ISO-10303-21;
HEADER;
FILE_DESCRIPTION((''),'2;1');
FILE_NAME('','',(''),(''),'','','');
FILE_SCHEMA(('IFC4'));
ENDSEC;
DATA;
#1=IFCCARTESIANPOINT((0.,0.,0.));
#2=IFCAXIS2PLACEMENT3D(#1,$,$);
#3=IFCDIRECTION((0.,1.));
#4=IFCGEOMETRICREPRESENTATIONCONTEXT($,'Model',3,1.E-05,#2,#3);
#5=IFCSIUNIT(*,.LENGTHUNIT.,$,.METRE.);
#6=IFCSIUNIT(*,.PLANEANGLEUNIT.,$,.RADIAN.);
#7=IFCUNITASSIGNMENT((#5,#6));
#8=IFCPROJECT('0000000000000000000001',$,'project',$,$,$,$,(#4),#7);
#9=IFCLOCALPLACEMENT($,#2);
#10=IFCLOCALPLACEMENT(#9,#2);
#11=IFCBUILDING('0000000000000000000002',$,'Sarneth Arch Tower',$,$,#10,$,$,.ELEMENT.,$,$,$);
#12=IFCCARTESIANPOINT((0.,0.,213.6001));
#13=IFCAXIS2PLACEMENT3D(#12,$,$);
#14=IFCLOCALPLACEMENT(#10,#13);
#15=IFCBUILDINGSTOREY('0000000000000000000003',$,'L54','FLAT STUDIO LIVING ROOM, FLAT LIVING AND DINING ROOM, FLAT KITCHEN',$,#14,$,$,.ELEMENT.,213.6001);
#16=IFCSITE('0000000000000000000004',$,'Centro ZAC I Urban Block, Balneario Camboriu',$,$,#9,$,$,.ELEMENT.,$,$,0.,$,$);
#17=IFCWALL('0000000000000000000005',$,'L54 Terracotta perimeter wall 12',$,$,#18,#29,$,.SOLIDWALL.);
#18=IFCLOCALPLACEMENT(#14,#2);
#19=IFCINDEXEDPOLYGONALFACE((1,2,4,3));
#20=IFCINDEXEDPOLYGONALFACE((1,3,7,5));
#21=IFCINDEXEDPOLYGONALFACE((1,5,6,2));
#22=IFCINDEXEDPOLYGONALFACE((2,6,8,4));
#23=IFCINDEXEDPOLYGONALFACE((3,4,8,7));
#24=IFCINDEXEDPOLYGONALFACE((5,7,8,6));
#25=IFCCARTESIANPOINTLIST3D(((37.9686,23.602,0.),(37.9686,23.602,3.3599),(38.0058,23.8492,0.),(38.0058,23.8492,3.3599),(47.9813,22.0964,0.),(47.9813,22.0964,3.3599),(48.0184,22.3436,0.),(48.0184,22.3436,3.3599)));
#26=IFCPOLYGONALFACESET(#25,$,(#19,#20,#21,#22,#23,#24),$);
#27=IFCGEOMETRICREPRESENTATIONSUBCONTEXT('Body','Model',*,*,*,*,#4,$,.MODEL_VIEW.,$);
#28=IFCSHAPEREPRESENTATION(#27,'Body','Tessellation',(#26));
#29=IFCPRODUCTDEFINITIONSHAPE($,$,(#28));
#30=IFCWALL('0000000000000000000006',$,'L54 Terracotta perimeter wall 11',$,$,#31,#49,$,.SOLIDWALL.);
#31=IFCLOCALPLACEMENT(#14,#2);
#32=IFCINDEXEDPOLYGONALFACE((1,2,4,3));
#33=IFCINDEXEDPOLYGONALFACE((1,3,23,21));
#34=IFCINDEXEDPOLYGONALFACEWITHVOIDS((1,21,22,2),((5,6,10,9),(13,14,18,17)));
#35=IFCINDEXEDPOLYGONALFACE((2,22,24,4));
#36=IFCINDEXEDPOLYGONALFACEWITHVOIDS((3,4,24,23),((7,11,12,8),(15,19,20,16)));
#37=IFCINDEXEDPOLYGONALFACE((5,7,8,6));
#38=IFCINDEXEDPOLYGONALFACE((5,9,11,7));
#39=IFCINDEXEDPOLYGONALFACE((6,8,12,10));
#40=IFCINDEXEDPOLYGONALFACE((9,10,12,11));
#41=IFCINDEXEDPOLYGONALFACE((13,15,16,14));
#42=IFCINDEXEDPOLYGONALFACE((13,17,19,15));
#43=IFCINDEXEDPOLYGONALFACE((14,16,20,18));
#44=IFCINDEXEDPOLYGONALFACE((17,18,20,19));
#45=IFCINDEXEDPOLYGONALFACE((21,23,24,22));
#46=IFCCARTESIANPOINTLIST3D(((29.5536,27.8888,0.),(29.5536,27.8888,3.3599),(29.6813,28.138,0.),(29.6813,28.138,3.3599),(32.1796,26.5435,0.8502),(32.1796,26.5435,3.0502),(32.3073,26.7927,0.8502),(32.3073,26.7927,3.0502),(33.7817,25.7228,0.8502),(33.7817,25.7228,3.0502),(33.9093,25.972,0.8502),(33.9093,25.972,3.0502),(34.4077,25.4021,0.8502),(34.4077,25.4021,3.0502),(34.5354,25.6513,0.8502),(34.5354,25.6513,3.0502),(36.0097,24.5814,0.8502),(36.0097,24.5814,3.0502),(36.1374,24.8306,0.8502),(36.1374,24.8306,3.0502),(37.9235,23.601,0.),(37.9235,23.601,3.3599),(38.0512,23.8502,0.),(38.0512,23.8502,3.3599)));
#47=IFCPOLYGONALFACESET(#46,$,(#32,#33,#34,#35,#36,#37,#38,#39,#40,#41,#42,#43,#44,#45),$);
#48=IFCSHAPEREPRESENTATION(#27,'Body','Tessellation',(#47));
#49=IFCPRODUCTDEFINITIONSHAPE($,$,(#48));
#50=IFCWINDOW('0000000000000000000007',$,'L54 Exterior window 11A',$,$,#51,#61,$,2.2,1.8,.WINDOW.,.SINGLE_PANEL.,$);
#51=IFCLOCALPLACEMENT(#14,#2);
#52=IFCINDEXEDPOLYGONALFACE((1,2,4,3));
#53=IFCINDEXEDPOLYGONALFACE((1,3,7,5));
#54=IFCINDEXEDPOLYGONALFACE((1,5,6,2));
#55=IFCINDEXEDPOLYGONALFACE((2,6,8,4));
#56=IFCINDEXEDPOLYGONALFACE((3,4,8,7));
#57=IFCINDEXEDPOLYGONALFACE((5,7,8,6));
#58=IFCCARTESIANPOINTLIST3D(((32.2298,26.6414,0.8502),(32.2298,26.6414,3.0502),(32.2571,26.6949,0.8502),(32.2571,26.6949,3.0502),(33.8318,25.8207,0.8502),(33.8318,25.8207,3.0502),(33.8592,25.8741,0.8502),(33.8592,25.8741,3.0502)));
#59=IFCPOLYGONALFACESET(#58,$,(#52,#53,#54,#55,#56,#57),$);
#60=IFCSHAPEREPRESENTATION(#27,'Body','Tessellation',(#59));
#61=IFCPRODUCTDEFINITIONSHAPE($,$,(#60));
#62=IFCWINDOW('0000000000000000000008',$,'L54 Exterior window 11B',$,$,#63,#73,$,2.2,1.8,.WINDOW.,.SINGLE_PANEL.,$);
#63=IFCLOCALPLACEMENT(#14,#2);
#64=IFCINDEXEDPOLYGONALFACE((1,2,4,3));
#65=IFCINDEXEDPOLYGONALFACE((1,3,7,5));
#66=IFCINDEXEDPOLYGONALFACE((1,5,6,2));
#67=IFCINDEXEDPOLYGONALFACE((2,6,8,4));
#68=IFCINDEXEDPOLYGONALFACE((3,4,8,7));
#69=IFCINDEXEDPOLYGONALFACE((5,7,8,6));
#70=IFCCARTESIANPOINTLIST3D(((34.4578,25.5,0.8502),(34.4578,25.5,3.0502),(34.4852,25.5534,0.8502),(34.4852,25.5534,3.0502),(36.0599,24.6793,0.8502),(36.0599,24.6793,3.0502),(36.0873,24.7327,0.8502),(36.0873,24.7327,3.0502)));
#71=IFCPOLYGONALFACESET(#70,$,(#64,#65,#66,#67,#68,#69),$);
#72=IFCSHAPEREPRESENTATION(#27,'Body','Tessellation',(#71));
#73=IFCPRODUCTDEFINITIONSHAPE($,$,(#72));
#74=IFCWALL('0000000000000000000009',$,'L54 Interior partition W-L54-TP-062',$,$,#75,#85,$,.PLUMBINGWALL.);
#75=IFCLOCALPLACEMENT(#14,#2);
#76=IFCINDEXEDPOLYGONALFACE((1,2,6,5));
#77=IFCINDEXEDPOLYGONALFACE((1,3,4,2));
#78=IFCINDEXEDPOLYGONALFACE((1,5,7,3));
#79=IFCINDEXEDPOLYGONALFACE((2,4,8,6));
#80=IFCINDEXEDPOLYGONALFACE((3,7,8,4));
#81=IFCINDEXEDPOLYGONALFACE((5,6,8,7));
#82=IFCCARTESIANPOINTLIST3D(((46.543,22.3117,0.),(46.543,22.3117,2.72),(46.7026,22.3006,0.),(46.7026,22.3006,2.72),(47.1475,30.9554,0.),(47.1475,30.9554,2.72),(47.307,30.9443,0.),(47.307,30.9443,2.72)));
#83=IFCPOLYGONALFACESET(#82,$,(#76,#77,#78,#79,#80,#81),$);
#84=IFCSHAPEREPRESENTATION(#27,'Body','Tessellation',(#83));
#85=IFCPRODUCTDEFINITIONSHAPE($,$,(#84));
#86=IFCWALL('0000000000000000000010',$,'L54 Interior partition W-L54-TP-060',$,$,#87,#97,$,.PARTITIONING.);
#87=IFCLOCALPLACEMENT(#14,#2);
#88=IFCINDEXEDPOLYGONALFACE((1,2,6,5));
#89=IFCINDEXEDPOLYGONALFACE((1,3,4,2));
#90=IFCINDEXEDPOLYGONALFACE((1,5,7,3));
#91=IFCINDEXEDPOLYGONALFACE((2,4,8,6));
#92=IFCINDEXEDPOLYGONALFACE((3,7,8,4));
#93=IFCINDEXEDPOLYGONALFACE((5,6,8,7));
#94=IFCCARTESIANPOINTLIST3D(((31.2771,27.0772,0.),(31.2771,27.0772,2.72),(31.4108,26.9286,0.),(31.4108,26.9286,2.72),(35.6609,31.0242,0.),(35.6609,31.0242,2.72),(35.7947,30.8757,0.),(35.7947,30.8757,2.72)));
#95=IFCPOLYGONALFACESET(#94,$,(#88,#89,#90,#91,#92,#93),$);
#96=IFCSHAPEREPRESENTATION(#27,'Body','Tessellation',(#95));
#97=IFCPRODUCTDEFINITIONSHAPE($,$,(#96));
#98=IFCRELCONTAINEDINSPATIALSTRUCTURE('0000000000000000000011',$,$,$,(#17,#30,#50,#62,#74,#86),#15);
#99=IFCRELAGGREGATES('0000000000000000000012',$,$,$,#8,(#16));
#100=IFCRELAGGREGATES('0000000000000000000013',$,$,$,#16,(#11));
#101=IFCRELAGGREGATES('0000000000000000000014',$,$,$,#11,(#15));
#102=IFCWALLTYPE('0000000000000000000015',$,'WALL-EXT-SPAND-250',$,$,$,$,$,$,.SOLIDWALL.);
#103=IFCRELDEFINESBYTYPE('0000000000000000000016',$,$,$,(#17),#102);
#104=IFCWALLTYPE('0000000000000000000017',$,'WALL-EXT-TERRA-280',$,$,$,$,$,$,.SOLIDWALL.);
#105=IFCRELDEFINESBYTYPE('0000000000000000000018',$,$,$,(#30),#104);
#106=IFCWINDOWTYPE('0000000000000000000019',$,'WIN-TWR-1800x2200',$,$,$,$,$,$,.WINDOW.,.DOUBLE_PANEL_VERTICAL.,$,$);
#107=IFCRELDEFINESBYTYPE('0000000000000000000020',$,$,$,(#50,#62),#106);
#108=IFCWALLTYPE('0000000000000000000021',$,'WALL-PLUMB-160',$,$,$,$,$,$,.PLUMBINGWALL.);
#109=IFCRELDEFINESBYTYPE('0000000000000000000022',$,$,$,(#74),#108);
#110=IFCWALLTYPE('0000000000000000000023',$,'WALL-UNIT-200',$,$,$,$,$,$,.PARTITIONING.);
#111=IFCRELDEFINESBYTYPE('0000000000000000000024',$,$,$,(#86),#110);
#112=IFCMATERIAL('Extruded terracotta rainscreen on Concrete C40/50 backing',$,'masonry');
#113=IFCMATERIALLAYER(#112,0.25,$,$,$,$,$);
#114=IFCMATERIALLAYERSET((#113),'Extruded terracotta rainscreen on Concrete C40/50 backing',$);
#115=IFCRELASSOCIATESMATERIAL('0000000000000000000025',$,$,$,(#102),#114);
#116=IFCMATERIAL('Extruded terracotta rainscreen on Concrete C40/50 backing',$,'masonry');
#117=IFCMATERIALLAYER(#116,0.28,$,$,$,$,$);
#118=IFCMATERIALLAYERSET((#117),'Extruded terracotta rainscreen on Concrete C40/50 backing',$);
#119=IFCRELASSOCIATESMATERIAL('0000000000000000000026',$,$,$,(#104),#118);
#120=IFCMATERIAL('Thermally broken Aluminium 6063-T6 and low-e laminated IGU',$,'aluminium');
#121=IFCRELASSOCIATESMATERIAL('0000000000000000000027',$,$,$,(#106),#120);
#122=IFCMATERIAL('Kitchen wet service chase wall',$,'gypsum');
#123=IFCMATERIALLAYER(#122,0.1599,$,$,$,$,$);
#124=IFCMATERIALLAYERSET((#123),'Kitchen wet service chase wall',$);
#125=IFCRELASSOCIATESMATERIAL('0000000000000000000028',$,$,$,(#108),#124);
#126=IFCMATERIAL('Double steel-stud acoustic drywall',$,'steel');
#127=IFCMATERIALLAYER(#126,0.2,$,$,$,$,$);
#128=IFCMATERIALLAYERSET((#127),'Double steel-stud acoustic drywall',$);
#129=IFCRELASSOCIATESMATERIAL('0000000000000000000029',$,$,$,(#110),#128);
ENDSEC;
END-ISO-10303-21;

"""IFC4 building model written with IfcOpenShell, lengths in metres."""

from ifc_helpers import new_model, si_unit, direction, frame, frame_2d, origin, place, context, subcontext, project, spatial, rectangle, extrude, material, layer, layer_set, type_object, element, fill, save


model = new_model("IFC4")

# Units and contexts
model_context = context("Model", 3, precision=1e-05, world=origin(), true_north=direction((0.0, 1.0)))
body_context = subcontext(model_context, "Body", "Model", "MODEL_VIEW")
ifc_project = project(units=[si_unit("LENGTHUNIT", "METRE"), si_unit("PLANEANGLEUNIT", "RADIAN")], contexts=[model_context])

# Site, building, storey
site_placement = place(None, origin())
site = spatial("IfcSite", under=ifc_project, at=site_placement, Name="Centro ZAC I Urban Block, Balneario Camboriu", CompositionType="ELEMENT", RefElevation=0.0)
building_placement = place(site_placement, origin())
building = spatial("IfcBuilding", under=site, at=building_placement, Name="Sarneth Arch Tower", CompositionType="ELEMENT")
storey_placement = place(building_placement, frame((0.0, 0.0, 213.6001)))
storey = spatial("IfcBuildingStorey", under=building, at=storey_placement, Name="L54", Description="FLAT STUDIO LIVING ROOM, FLAT LIVING AND DINING ROOM, FLAT KITCHEN", CompositionType="ELEMENT", Elevation=213.6001)

# Wall
ifc_material_1 = material(Name="Extruded terracotta rainscreen on Concrete C40/50 backing", Category="masonry")
ifc_layer_1 = layer(ifc_material_1, 0.25)
ifc_layer_set_1 = layer_set([ifc_layer_1], Name="Extruded terracotta rainscreen on Concrete C40/50 backing")
wall_type_1 = type_object("IfcWallType", Name="WALL-EXT-SPAND-250", PredefinedType="SOLIDWALL", material=ifc_layer_set_1)
wall_1_placement = place(storey_placement, frame((37.9873, 23.7256, 0.0), z_axis=(0.0, 0.0, 1.0), x_axis=(0.988883, -0.148699, 0.0)))
element("IfcWall", 1, at=wall_1_placement, inside=storey, type_object=wall_type_1, Name="L54 Terracotta perimeter wall 12", PredefinedType="SOLIDWALL", context=body_context, shape_type="SweptSolid", body=[
    extrude(rectangle(XDim=10.1252, YDim=0.25, at=frame_2d((5.0625, 0.0))), origin(), (0.0, 0.0, 1.0), 3.3599),
])

# Wall, openings, windows
ifc_material_2 = material(Name="Extruded terracotta rainscreen on Concrete C40/50 backing", Category="masonry")
ifc_layer_2 = layer(ifc_material_2, 0.28)
ifc_layer_set_2 = layer_set([ifc_layer_2], Name="Extruded terracotta rainscreen on Concrete C40/50 backing")
wall_type_2 = type_object("IfcWallType", Name="WALL-EXT-TERRA-280", PredefinedType="SOLIDWALL", material=ifc_layer_set_2)
wall_2_placement = place(storey_placement, frame((29.6174, 28.0134, 0.0), z_axis=(0.0, 0.0, 1.0), x_axis=(0.890007, -0.455946, 0.0)))
wall_2 = element("IfcWall", 2, at=wall_2_placement, inside=storey, type_object=wall_type_2, Name="L54 Terracotta perimeter wall 11", PredefinedType="SOLIDWALL", context=body_context, shape_type="SweptSolid", body=[
    extrude(rectangle(XDim=9.4043, YDim=0.28, at=frame_2d((4.7021, 0.0))), origin(), (0.0, 0.0, 1.0), 3.3599),
])
opening_1_placement = place(wall_2_placement, frame((2.9507, 0.0, 0.8501)))
opening_1 = element("IfcOpeningElement", 3, at=opening_1_placement, cuts=wall_2, PredefinedType="OPENING", context=body_context, shape_type="SweptSolid", body=[
    extrude(rectangle(XDim=1.8, YDim=2.2, at=frame_2d((0.8999, 1.1001))), frame((0.0, 0.1499, 0.0), z_axis=(0.0, -1.0, 0.0), x_axis=(1.0, 0.0, 0.0)), (0.0, 0.0, 1.0), 0.3),
])
opening_2_placement = place(wall_2_placement, frame((5.4541, 0.0, 0.8501)))
opening_2 = element("IfcOpeningElement", 4, at=opening_2_placement, cuts=wall_2, PredefinedType="OPENING", context=body_context, shape_type="SweptSolid", body=[
    extrude(rectangle(XDim=1.8, YDim=2.2, at=frame_2d((0.8999, 1.1001))), frame((0.0, 0.1499, 0.0), z_axis=(0.0, -1.0, 0.0), x_axis=(1.0, 0.0, 0.0)), (0.0, 0.0, 1.0), 0.3),
])
ifc_material_3 = material(Name="Thermally broken Aluminium 6063-T6 and low-e laminated IGU", Category="aluminium")
window_type = type_object("IfcWindowType", Name="WIN-TWR-1800x2200", PartitioningType="DOUBLE_PANEL_VERTICAL", PredefinedType="WINDOW", material=ifc_material_3)
window_1_placement = place(opening_1_placement, origin())
window_1 = element("IfcWindow", 5, at=window_1_placement, inside=storey, type_object=window_type, Name="L54 Exterior window 11A", OverallHeight=2.2, OverallWidth=1.8, PartitioningType="SINGLE_PANEL", PredefinedType="WINDOW", context=body_context, shape_type="SweptSolid", body=[
    extrude(rectangle(XDim=1.8, YDim=2.2, at=frame_2d((0.8999, 1.1001))), frame((0.0, 0.03, 0.0), z_axis=(0.0, -1.0, 0.0), x_axis=(1.0, 0.0, 0.0)), (0.0, 0.0, 1.0), 0.0601),
])
fill(opening_1, window_1)
window_2_placement = place(opening_2_placement, origin())
window_2 = element("IfcWindow", 6, at=window_2_placement, inside=storey, type_object=window_type, Name="L54 Exterior window 11B", OverallHeight=2.2, OverallWidth=1.8, PartitioningType="SINGLE_PANEL", PredefinedType="WINDOW", context=body_context, shape_type="SweptSolid", body=[
    extrude(rectangle(XDim=1.8, YDim=2.2, at=frame_2d((0.8999, 1.1001))), frame((0.0, 0.03, 0.0), z_axis=(0.0, -1.0, 0.0), x_axis=(1.0, 0.0, 0.0)), (0.0, 0.0, 1.0), 0.0601),
])
fill(opening_2, window_2)

# Walls
ifc_material_4 = material(Name="Kitchen wet service chase wall", Category="gypsum")
ifc_layer_3 = layer(ifc_material_4, 0.1599)
ifc_layer_set_3 = layer_set([ifc_layer_3], Name="Kitchen wet service chase wall")
wall_type_3 = type_object("IfcWallType", Name="WALL-PLUMB-160", PredefinedType="PLUMBINGWALL", material=ifc_layer_set_3)
wall_3_placement = place(storey_placement, frame((47.2273, 30.95, 0.0), z_axis=(0.0, 0.0, 1.0), x_axis=(-0.069763, -0.997564, 0.0)))
element("IfcWall", 7, at=wall_3_placement, inside=storey, type_object=wall_type_3, Name="L54 Interior partition W-L54-TP-062", PredefinedType="PLUMBINGWALL", context=body_context, shape_type="SweptSolid", body=[
    extrude(rectangle(XDim=8.6648, YDim=0.1599, at=frame_2d((4.3325, 0.0))), origin(), (0.0, 0.0, 1.0), 2.72),
])
ifc_material_5 = material(Name="Double steel-stud acoustic drywall", Category="steel")
ifc_layer_4 = layer(ifc_material_5, 0.2)
ifc_layer_set_4 = layer_set([ifc_layer_4], Name="Double steel-stud acoustic drywall")
wall_type_4 = type_object("IfcWallType", Name="WALL-UNIT-200", PredefinedType="PARTITIONING", material=ifc_layer_set_4)
wall_4_placement = place(storey_placement, frame((35.7278, 30.95, 0.0), z_axis=(0.0, 0.0, 1.0), x_axis=(-0.743158, -0.669116, 0.0)))
element("IfcWall", 8, at=wall_4_placement, inside=storey, type_object=wall_type_4, Name="L54 Interior partition W-L54-TP-060", PredefinedType="PARTITIONING", context=body_context, shape_type="SweptSolid", body=[
    extrude(rectangle(XDim=5.8989, YDim=0.2, at=frame_2d((2.9495, 0.0))), origin(), (0.0, 0.0, 1.0), 2.72),
])

save(model, "model.ifc")
